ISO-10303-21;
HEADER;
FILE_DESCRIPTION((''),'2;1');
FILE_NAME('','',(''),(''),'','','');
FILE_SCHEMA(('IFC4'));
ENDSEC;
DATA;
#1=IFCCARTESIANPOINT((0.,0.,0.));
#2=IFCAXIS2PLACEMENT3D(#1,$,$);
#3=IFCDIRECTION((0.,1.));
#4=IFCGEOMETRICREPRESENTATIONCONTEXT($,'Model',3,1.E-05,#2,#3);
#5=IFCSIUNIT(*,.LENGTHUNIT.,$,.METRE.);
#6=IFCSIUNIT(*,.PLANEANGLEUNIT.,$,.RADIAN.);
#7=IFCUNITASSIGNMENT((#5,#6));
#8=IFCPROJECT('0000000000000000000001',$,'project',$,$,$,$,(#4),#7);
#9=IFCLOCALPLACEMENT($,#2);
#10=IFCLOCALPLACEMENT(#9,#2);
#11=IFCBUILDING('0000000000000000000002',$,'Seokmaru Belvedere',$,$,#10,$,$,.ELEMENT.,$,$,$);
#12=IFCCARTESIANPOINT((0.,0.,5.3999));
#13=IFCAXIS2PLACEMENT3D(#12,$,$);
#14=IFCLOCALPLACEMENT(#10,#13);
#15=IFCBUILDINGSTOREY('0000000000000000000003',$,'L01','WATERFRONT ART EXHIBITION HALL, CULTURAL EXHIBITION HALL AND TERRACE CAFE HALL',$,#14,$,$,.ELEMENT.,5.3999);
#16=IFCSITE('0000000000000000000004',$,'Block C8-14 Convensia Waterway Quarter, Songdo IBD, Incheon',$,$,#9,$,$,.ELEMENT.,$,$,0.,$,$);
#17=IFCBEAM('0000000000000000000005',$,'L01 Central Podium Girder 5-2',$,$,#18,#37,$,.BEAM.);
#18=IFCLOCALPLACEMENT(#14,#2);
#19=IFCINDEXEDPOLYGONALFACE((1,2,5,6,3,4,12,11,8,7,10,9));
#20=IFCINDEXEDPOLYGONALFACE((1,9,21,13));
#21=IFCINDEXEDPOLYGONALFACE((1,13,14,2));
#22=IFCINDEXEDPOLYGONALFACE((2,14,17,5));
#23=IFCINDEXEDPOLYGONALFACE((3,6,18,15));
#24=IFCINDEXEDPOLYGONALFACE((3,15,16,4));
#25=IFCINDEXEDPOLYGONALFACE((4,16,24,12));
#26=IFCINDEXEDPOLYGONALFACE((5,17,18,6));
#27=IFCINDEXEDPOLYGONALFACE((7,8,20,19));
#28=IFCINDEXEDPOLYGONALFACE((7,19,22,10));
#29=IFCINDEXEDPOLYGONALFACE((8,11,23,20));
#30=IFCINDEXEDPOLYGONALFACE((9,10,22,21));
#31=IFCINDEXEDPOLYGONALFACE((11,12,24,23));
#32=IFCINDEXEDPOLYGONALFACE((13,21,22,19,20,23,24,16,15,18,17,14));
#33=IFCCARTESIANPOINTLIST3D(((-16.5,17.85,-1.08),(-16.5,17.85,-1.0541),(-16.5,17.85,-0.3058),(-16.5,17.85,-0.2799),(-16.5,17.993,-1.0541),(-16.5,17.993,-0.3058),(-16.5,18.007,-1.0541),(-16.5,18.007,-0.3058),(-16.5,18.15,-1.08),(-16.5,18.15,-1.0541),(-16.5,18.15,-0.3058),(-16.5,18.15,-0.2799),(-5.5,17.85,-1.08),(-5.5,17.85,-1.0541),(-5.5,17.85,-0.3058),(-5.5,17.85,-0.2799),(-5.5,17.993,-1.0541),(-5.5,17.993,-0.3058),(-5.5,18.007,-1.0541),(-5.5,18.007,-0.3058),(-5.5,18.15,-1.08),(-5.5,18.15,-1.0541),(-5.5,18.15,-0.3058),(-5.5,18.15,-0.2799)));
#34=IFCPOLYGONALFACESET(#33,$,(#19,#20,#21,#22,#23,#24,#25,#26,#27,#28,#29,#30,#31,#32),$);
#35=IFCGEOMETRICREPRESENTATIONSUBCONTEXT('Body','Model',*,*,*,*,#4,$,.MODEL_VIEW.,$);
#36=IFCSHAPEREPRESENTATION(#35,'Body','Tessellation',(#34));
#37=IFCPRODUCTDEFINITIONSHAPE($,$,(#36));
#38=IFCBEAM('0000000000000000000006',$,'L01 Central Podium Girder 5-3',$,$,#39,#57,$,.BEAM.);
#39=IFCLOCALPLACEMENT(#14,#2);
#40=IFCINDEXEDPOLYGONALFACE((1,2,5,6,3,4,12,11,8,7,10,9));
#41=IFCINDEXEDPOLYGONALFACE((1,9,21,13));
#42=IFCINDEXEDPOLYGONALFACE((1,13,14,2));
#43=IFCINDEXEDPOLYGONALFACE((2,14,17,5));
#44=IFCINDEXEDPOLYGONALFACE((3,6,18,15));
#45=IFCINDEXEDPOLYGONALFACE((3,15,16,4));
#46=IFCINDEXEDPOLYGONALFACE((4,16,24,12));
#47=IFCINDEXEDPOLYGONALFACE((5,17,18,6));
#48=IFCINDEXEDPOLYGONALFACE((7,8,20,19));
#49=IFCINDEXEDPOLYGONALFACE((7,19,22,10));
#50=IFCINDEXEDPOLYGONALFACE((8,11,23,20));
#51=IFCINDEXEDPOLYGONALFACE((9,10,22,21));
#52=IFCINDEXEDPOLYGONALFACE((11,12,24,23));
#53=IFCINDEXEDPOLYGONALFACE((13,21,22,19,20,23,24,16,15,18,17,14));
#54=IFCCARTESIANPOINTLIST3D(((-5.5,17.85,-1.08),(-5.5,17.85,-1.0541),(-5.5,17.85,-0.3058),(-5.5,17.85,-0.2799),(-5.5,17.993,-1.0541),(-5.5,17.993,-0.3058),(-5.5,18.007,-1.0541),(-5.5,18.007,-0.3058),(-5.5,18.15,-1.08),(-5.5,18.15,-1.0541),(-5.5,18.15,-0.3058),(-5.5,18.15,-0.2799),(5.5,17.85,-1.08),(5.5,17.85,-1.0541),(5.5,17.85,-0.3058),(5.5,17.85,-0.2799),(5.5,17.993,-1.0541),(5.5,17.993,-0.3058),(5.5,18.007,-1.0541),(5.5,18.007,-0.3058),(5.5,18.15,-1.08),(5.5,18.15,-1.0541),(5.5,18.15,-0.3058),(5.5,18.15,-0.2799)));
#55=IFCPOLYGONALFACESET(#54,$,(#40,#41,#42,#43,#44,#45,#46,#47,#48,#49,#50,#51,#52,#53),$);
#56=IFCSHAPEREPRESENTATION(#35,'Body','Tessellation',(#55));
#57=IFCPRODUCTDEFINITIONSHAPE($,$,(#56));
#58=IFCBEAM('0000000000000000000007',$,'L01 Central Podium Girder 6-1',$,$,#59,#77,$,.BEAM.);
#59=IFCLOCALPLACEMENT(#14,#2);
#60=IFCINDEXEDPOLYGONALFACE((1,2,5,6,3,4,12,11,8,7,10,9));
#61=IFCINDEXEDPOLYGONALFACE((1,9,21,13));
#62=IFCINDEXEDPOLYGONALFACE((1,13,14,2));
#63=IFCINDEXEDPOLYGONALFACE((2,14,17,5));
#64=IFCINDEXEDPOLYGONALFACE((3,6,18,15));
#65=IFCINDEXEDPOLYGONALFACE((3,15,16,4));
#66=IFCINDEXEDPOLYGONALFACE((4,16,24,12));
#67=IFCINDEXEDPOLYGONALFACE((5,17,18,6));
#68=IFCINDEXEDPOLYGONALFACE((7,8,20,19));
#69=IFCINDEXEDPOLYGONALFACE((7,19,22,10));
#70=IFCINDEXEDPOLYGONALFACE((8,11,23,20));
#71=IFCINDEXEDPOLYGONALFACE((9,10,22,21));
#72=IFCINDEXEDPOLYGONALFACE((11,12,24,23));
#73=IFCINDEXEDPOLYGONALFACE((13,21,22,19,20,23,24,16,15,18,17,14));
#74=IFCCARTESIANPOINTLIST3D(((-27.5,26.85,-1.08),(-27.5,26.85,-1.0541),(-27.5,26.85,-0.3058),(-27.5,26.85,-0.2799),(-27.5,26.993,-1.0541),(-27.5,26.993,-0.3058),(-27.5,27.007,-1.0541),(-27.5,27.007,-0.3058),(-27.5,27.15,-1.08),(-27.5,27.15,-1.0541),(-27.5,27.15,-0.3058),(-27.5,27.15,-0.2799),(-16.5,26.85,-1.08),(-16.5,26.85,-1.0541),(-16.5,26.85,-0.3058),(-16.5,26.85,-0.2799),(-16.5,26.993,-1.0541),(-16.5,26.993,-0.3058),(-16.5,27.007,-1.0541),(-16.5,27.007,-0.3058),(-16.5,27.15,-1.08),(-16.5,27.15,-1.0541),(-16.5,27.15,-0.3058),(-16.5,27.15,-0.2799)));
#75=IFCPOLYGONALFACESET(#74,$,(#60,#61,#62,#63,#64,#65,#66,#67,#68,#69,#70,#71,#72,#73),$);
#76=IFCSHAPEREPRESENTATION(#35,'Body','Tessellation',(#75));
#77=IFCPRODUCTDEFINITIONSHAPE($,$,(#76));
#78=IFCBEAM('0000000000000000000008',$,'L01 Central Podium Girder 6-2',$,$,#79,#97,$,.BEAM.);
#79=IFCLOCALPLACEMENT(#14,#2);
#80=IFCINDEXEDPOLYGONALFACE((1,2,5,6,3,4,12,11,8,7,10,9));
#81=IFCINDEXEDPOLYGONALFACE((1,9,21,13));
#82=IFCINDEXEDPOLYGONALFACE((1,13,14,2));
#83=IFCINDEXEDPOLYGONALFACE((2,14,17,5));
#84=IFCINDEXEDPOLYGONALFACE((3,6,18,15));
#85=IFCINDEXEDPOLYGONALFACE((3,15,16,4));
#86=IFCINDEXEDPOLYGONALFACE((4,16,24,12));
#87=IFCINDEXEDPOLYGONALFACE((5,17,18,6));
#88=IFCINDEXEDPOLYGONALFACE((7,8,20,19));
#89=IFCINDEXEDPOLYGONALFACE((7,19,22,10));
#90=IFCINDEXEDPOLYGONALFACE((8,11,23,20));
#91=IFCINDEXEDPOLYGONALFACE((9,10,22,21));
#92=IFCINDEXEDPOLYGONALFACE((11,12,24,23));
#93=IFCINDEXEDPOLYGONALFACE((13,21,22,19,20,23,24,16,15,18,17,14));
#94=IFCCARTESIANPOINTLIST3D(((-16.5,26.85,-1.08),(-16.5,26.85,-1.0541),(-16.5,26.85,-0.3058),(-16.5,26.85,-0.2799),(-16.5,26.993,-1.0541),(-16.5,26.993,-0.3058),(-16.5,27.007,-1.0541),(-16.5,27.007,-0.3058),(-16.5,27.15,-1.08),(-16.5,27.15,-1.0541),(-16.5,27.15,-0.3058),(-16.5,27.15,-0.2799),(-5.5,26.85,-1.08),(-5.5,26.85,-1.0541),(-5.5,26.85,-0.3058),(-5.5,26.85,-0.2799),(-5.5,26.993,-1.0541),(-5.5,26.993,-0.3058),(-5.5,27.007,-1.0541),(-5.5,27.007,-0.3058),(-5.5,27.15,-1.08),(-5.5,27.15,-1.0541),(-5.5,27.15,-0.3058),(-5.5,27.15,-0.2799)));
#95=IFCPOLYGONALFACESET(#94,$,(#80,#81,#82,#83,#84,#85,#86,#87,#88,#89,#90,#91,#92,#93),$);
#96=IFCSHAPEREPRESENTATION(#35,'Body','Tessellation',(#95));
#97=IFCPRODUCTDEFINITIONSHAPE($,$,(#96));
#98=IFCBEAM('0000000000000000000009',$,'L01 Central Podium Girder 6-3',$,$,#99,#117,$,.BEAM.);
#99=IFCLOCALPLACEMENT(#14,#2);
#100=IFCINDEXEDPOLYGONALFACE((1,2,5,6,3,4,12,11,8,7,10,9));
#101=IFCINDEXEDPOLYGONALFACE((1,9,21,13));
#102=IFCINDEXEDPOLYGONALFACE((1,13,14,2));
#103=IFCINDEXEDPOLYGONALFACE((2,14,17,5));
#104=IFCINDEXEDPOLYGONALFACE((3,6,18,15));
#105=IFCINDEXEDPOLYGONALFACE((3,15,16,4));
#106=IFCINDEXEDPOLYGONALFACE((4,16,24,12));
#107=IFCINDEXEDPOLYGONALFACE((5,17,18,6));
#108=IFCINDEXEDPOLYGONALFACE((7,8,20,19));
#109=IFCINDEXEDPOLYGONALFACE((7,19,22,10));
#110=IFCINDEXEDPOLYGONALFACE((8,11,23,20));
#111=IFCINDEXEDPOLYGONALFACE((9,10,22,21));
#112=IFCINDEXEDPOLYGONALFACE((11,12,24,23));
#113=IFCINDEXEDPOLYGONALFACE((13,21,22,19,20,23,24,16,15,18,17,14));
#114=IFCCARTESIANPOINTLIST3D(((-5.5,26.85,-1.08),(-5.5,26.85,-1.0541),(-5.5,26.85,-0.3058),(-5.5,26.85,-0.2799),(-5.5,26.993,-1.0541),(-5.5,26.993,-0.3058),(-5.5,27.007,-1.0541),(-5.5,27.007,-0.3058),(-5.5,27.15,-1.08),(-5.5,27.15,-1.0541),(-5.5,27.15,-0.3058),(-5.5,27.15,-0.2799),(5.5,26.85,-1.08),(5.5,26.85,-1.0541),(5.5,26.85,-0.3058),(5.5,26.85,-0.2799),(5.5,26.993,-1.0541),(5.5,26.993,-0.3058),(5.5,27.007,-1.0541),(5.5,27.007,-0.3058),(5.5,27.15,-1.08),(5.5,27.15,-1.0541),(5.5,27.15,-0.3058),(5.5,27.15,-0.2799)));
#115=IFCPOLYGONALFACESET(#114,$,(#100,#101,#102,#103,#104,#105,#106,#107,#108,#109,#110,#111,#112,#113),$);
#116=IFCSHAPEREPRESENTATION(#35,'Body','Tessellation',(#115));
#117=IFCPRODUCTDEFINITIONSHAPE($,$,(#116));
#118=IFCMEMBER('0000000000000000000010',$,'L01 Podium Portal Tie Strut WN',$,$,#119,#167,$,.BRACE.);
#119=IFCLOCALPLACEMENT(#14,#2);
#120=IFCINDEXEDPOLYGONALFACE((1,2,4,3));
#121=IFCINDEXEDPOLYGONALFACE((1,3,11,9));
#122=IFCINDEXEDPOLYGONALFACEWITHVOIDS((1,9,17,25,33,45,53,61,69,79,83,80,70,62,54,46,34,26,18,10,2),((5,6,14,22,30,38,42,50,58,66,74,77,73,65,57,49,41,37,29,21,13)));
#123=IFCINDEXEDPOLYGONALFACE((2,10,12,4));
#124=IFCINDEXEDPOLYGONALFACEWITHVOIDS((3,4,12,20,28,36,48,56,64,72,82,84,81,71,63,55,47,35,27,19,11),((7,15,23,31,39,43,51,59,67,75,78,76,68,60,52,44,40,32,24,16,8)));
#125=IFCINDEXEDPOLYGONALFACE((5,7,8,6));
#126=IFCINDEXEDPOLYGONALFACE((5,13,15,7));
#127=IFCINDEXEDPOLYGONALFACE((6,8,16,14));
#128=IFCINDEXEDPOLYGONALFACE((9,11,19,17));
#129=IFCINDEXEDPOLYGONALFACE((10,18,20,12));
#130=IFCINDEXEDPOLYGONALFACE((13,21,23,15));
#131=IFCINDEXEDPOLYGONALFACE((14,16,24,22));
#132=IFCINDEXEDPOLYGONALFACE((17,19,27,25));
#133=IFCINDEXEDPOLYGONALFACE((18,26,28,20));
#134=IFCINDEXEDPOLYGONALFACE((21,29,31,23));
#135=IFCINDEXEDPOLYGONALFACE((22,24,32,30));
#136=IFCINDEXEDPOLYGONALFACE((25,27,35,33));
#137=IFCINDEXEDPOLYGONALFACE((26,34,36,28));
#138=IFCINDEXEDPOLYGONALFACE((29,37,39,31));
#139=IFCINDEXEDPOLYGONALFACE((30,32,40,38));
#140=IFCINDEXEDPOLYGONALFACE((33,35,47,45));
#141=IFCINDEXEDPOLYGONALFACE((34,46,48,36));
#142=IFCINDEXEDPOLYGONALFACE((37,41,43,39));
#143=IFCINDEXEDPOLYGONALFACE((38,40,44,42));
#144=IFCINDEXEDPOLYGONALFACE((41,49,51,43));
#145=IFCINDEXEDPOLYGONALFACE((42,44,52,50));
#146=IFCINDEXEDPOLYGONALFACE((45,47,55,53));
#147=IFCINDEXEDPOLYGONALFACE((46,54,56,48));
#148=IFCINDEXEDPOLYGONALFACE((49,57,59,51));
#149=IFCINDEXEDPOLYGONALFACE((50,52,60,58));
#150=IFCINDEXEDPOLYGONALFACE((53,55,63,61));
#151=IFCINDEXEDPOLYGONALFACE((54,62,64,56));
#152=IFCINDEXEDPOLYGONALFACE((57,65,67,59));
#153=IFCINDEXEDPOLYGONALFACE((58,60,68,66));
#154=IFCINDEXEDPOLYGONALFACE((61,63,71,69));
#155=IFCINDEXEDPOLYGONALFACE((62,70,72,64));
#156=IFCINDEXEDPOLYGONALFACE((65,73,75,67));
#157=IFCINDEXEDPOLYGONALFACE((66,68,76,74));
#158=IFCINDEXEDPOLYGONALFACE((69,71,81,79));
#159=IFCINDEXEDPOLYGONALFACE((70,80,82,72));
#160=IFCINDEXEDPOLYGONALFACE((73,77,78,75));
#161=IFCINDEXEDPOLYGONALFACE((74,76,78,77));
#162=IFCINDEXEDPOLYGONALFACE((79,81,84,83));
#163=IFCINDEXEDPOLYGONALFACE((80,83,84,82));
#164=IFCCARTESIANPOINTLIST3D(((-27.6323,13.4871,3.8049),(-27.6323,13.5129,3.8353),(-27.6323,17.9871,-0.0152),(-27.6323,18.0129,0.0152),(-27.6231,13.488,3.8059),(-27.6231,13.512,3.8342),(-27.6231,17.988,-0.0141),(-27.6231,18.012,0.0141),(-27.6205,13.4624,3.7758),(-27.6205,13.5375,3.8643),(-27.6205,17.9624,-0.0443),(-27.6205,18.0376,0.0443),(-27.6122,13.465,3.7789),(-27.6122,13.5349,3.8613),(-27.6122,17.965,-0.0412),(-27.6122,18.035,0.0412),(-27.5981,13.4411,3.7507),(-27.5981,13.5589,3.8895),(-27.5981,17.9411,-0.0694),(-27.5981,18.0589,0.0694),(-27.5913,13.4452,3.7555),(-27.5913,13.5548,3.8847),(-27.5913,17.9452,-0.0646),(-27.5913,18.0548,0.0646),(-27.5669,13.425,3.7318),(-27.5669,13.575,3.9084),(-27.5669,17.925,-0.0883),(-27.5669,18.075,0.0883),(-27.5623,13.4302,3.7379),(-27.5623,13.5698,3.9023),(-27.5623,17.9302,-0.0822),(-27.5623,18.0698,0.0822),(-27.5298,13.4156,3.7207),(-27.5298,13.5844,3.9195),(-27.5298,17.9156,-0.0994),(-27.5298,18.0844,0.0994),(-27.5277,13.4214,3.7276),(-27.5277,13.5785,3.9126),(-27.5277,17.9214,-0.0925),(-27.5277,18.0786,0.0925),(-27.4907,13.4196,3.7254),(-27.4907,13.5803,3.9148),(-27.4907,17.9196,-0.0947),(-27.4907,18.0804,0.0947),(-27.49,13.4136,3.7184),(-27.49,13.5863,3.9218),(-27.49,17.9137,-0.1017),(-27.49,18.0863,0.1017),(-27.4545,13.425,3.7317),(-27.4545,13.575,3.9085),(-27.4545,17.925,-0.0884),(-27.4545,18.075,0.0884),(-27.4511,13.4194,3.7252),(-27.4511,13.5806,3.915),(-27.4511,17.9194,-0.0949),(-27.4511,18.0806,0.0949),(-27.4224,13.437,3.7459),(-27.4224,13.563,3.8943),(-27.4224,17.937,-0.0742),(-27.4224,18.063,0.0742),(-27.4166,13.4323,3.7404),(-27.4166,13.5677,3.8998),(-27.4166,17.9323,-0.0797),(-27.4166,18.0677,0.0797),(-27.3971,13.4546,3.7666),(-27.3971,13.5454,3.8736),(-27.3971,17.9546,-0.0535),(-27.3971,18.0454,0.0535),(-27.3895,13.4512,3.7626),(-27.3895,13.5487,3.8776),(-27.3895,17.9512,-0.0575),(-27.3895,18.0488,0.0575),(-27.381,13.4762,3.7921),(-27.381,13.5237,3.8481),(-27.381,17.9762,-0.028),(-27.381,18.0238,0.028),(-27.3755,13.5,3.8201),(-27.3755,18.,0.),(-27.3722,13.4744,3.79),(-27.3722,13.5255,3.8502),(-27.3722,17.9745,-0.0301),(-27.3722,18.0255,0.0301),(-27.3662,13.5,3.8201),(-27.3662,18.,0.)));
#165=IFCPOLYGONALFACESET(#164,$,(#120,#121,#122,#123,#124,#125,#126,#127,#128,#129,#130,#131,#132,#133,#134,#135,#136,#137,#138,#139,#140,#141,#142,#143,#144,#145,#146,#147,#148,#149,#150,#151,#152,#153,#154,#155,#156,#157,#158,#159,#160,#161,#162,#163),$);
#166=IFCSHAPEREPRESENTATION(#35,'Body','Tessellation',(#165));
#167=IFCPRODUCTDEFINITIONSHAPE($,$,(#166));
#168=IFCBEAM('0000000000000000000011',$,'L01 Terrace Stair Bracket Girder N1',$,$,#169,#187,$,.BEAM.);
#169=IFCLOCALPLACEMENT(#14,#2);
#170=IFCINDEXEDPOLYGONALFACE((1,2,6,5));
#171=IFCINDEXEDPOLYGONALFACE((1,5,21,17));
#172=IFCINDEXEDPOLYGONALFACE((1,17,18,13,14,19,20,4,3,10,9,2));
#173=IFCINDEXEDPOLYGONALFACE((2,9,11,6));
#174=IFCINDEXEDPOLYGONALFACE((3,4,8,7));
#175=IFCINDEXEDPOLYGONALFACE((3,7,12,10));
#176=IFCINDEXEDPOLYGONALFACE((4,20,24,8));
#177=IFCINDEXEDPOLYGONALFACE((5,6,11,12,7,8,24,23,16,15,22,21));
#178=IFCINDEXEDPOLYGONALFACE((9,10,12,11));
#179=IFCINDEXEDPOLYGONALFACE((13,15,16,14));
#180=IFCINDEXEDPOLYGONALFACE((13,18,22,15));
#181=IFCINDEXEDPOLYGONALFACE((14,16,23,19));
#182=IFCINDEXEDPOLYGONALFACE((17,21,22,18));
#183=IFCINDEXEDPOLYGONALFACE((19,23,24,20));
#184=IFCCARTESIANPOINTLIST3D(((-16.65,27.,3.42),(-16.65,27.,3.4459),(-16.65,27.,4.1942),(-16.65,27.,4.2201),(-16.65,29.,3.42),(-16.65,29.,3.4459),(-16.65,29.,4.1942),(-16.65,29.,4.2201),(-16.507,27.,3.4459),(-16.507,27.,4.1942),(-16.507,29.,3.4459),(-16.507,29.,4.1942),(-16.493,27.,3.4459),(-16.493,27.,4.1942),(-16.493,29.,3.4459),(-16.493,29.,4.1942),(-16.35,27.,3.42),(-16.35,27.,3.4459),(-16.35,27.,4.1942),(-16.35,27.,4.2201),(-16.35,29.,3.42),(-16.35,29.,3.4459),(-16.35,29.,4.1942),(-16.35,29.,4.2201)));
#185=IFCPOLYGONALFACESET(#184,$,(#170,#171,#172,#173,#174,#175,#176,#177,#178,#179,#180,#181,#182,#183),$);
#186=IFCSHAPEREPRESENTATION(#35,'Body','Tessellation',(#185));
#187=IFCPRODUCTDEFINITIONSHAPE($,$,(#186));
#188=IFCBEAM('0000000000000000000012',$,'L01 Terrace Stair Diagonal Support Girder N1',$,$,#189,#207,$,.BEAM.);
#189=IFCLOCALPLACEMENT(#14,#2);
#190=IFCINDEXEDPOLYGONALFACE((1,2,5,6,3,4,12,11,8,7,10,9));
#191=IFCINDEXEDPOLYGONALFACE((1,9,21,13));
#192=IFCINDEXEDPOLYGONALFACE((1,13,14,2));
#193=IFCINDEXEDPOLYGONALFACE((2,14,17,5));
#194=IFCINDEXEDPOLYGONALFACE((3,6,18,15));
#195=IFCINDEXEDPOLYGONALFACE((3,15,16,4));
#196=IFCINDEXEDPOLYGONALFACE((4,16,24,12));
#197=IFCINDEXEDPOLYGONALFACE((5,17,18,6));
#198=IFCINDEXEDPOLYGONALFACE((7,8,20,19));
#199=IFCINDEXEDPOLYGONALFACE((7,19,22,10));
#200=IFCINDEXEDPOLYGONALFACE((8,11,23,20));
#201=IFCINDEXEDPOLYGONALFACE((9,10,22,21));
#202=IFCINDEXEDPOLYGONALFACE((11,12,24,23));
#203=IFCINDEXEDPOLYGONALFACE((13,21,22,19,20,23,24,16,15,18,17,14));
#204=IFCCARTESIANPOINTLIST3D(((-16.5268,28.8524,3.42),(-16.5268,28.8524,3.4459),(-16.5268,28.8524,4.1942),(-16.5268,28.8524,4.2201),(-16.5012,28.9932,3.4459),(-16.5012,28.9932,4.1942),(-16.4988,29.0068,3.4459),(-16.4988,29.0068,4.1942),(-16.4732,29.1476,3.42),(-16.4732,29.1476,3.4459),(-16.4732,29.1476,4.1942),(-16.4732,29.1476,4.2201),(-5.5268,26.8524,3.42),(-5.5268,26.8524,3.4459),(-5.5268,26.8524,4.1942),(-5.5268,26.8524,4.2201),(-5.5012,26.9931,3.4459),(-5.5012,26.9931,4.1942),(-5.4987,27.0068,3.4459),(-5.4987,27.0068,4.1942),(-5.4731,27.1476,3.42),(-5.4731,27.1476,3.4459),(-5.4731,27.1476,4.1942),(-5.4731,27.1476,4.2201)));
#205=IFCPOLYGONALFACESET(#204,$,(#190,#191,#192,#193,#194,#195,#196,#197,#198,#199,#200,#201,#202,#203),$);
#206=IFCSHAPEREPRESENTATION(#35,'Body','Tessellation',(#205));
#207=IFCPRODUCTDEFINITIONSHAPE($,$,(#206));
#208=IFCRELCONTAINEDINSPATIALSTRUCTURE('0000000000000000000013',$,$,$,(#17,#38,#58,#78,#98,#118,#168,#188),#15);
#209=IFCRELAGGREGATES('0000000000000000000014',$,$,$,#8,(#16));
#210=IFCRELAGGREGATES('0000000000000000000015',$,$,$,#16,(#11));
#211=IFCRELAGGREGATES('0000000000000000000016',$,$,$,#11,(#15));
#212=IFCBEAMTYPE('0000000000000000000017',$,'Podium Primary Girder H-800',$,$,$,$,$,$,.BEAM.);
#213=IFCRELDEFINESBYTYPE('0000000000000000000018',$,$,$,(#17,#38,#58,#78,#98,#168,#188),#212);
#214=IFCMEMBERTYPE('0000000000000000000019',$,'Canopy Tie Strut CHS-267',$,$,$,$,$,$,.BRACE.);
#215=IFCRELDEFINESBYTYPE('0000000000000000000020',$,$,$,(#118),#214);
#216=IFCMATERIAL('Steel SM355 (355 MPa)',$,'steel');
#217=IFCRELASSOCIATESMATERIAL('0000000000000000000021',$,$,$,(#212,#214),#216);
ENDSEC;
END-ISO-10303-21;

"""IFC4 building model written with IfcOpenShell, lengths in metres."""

from ifc_helpers import new_model, si_unit, direction, frame, origin, origin_2d, place, context, subcontext, project, spatial, hollow_circle, i_section, extrude, source, transform, mapped, material, material_profile, profile_set, type_object, type_shapes, element, save


model = new_model("IFC4")

# Units and contexts
model_context = context("Model", 3, precision=1e-05, world=origin(), true_north=direction((0.0, 1.0)))
body_context = subcontext(model_context, "Body", "Model", "MODEL_VIEW")
ifc_project = project(units=[si_unit("LENGTHUNIT", "METRE"), si_unit("PLANEANGLEUNIT", "RADIAN")], contexts=[model_context])

# Site, building, storey
site_placement = place(None, origin())
site = spatial("IfcSite", under=ifc_project, at=site_placement, Name="Block C8-14 Convensia Waterway Quarter, Songdo IBD, Incheon", CompositionType="ELEMENT", RefElevation=0.0)
building_placement = place(site_placement, origin())
building = spatial("IfcBuilding", under=site, at=building_placement, Name="Seokmaru Belvedere", CompositionType="ELEMENT")
storey_placement = place(building_placement, frame((0.0, 0.0, 5.3999)))
storey = spatial("IfcBuildingStorey", under=building, at=storey_placement, Name="L01", Description="WATERFRONT ART EXHIBITION HALL, CULTURAL EXHIBITION HALL AND TERRACE CAFE HALL", CompositionType="ELEMENT", Elevation=5.3999)

# Beams
ifc_material_1 = material(Name="Steel SM355 (355 MPa)", Category="steel")
ifc_material_profile_1 = material_profile(ifc_material_1, i_section(OverallWidth=0.3, OverallDepth=0.8, WebThickness=0.0139, FlangeThickness=0.0259, at=origin_2d()), Name="H-800x300x14x26")
ifc_profile_set_1 = profile_set([ifc_material_profile_1], Name="Steel SM355 (355 MPa)")
beam_type_1 = type_object("IfcBeamType", Name="Podium Primary Girder H-800", PredefinedType="BEAM", material=ifc_profile_set_1)
shared_shape_1 = source(origin(), body_context, "Body", "SweptSolid", [
    extrude(i_section(OverallWidth=0.3, OverallDepth=0.8, WebThickness=0.0139, FlangeThickness=0.0259, at=origin_2d()), origin(), (0.0, 0.0, 1.0), 11.0),
])
for number, where, z_axis, x_axis, name in (
    (1, (-16.5, 18.0, -0.6799), (1.0, 0.0, 0.0), (0.0, 1.0, 0.0), "L01 Central Podium Girder 5-2"),
    (2, (-5.5, 18.0, -0.6799), (1.0, 0.0, 0.0), (0.0, 1.0, 0.0), "L01 Central Podium Girder 5-3"),
    (3, (-27.5, 27.0, -0.6799), (1.0, 0.0, 0.0), (0.0, 1.0, 0.0), "L01 Central Podium Girder 6-1"),
    (4, (-16.5, 27.0, -0.6799), (1.0, 0.0, 0.0), (0.0, 1.0, 0.0), "L01 Central Podium Girder 6-2"),
    (5, (-5.5, 27.0, -0.6799), (1.0, 0.0, 0.0), (0.0, 1.0, 0.0), "L01 Central Podium Girder 6-3"),
):
    element("IfcBeam", number, at=place(storey_placement, frame(where, z_axis=z_axis, x_axis=x_axis)), inside=storey, type_object=beam_type_1, Name=name, PredefinedType="BEAM", context=body_context, shape_type="MappedRepresentation", body=[
        mapped(shared_shape_1, transform((0.0, 0.0, 0.0), scale=1.0)),
    ])

# Member
ifc_material_profile_2 = material_profile(ifc_material_1, hollow_circle(Radius=0.1338, WallThickness=0.0093, at=origin_2d()), Name="CHS-267.4x9.3")
ifc_profile_set_2 = profile_set([ifc_material_profile_2], Name="Steel SM355 (355 MPa)")
member_type_1 = type_object("IfcMemberType", Name="Canopy Tie Strut CHS-267", PredefinedType="BRACE", material=ifc_profile_set_2)
shared_shape_2 = source(origin(), body_context, "Body", "SweptSolid", [
    extrude(hollow_circle(Radius=0.1338, WallThickness=0.0093, at=origin_2d()), origin(), (0.0, 0.0, 1.0), 5.9028),
])
type_shapes(member_type_1, [shared_shape_2])
member_1_placement = place(storey_placement, frame((-27.5, 18.0, 0.0), z_axis=(0.0, -0.762351, 0.647163), x_axis=(1.0, 0.0, 0.0)))
element("IfcMember", 6, at=member_1_placement, inside=storey, type_object=member_type_1, Name="L01 Podium Portal Tie Strut WN", PredefinedType="BRACE", context=body_context, shape_type="MappedRepresentation", body=[
    mapped(shared_shape_2, transform((0.0, 0.0, 0.0), scale=1.0)),
])

# Beams
shared_shape_3 = source(origin(), body_context, "Body", "SweptSolid", [
    extrude(i_section(OverallWidth=0.3, OverallDepth=0.8, WebThickness=0.0139, FlangeThickness=0.0259, at=origin_2d()), origin(), (0.0, 0.0, 1.0), 2.0),
])
beam_1_placement = place(storey_placement, frame((-16.5, 27.0, 3.8201), z_axis=(0.0, 1.0, 0.0), x_axis=(-1.0, 0.0, 0.0)))
element("IfcBeam", 7, at=beam_1_placement, inside=storey, type_object=beam_type_1, Name="L01 Terrace Stair Bracket Girder N1", PredefinedType="BEAM", context=body_context, shape_type="MappedRepresentation", body=[
    mapped(shared_shape_3, transform((0.0, 0.0, 0.0), scale=1.0)),
])
shared_shape_4 = source(origin(), body_context, "Body", "SweptSolid", [
    extrude(i_section(OverallWidth=0.3, OverallDepth=0.8, WebThickness=0.0139, FlangeThickness=0.0259, at=origin_2d()), origin(), (0.0, 0.0, 1.0), 11.1804),
])
beam_2_placement = place(storey_placement, frame((-16.5, 29.0, 3.8201), z_axis=(0.98387, -0.178885, 0.0), x_axis=(0.178885, 0.98387, 0.0)))
element("IfcBeam", 8, at=beam_2_placement, inside=storey, type_object=beam_type_1, Name="L01 Terrace Stair Diagonal Support Girder N1", PredefinedType="BEAM", context=body_context, shape_type="MappedRepresentation", body=[
    mapped(shared_shape_4, transform((0.0, 0.0, 0.0), scale=1.0)),
])

save(model, "model.ifc")
